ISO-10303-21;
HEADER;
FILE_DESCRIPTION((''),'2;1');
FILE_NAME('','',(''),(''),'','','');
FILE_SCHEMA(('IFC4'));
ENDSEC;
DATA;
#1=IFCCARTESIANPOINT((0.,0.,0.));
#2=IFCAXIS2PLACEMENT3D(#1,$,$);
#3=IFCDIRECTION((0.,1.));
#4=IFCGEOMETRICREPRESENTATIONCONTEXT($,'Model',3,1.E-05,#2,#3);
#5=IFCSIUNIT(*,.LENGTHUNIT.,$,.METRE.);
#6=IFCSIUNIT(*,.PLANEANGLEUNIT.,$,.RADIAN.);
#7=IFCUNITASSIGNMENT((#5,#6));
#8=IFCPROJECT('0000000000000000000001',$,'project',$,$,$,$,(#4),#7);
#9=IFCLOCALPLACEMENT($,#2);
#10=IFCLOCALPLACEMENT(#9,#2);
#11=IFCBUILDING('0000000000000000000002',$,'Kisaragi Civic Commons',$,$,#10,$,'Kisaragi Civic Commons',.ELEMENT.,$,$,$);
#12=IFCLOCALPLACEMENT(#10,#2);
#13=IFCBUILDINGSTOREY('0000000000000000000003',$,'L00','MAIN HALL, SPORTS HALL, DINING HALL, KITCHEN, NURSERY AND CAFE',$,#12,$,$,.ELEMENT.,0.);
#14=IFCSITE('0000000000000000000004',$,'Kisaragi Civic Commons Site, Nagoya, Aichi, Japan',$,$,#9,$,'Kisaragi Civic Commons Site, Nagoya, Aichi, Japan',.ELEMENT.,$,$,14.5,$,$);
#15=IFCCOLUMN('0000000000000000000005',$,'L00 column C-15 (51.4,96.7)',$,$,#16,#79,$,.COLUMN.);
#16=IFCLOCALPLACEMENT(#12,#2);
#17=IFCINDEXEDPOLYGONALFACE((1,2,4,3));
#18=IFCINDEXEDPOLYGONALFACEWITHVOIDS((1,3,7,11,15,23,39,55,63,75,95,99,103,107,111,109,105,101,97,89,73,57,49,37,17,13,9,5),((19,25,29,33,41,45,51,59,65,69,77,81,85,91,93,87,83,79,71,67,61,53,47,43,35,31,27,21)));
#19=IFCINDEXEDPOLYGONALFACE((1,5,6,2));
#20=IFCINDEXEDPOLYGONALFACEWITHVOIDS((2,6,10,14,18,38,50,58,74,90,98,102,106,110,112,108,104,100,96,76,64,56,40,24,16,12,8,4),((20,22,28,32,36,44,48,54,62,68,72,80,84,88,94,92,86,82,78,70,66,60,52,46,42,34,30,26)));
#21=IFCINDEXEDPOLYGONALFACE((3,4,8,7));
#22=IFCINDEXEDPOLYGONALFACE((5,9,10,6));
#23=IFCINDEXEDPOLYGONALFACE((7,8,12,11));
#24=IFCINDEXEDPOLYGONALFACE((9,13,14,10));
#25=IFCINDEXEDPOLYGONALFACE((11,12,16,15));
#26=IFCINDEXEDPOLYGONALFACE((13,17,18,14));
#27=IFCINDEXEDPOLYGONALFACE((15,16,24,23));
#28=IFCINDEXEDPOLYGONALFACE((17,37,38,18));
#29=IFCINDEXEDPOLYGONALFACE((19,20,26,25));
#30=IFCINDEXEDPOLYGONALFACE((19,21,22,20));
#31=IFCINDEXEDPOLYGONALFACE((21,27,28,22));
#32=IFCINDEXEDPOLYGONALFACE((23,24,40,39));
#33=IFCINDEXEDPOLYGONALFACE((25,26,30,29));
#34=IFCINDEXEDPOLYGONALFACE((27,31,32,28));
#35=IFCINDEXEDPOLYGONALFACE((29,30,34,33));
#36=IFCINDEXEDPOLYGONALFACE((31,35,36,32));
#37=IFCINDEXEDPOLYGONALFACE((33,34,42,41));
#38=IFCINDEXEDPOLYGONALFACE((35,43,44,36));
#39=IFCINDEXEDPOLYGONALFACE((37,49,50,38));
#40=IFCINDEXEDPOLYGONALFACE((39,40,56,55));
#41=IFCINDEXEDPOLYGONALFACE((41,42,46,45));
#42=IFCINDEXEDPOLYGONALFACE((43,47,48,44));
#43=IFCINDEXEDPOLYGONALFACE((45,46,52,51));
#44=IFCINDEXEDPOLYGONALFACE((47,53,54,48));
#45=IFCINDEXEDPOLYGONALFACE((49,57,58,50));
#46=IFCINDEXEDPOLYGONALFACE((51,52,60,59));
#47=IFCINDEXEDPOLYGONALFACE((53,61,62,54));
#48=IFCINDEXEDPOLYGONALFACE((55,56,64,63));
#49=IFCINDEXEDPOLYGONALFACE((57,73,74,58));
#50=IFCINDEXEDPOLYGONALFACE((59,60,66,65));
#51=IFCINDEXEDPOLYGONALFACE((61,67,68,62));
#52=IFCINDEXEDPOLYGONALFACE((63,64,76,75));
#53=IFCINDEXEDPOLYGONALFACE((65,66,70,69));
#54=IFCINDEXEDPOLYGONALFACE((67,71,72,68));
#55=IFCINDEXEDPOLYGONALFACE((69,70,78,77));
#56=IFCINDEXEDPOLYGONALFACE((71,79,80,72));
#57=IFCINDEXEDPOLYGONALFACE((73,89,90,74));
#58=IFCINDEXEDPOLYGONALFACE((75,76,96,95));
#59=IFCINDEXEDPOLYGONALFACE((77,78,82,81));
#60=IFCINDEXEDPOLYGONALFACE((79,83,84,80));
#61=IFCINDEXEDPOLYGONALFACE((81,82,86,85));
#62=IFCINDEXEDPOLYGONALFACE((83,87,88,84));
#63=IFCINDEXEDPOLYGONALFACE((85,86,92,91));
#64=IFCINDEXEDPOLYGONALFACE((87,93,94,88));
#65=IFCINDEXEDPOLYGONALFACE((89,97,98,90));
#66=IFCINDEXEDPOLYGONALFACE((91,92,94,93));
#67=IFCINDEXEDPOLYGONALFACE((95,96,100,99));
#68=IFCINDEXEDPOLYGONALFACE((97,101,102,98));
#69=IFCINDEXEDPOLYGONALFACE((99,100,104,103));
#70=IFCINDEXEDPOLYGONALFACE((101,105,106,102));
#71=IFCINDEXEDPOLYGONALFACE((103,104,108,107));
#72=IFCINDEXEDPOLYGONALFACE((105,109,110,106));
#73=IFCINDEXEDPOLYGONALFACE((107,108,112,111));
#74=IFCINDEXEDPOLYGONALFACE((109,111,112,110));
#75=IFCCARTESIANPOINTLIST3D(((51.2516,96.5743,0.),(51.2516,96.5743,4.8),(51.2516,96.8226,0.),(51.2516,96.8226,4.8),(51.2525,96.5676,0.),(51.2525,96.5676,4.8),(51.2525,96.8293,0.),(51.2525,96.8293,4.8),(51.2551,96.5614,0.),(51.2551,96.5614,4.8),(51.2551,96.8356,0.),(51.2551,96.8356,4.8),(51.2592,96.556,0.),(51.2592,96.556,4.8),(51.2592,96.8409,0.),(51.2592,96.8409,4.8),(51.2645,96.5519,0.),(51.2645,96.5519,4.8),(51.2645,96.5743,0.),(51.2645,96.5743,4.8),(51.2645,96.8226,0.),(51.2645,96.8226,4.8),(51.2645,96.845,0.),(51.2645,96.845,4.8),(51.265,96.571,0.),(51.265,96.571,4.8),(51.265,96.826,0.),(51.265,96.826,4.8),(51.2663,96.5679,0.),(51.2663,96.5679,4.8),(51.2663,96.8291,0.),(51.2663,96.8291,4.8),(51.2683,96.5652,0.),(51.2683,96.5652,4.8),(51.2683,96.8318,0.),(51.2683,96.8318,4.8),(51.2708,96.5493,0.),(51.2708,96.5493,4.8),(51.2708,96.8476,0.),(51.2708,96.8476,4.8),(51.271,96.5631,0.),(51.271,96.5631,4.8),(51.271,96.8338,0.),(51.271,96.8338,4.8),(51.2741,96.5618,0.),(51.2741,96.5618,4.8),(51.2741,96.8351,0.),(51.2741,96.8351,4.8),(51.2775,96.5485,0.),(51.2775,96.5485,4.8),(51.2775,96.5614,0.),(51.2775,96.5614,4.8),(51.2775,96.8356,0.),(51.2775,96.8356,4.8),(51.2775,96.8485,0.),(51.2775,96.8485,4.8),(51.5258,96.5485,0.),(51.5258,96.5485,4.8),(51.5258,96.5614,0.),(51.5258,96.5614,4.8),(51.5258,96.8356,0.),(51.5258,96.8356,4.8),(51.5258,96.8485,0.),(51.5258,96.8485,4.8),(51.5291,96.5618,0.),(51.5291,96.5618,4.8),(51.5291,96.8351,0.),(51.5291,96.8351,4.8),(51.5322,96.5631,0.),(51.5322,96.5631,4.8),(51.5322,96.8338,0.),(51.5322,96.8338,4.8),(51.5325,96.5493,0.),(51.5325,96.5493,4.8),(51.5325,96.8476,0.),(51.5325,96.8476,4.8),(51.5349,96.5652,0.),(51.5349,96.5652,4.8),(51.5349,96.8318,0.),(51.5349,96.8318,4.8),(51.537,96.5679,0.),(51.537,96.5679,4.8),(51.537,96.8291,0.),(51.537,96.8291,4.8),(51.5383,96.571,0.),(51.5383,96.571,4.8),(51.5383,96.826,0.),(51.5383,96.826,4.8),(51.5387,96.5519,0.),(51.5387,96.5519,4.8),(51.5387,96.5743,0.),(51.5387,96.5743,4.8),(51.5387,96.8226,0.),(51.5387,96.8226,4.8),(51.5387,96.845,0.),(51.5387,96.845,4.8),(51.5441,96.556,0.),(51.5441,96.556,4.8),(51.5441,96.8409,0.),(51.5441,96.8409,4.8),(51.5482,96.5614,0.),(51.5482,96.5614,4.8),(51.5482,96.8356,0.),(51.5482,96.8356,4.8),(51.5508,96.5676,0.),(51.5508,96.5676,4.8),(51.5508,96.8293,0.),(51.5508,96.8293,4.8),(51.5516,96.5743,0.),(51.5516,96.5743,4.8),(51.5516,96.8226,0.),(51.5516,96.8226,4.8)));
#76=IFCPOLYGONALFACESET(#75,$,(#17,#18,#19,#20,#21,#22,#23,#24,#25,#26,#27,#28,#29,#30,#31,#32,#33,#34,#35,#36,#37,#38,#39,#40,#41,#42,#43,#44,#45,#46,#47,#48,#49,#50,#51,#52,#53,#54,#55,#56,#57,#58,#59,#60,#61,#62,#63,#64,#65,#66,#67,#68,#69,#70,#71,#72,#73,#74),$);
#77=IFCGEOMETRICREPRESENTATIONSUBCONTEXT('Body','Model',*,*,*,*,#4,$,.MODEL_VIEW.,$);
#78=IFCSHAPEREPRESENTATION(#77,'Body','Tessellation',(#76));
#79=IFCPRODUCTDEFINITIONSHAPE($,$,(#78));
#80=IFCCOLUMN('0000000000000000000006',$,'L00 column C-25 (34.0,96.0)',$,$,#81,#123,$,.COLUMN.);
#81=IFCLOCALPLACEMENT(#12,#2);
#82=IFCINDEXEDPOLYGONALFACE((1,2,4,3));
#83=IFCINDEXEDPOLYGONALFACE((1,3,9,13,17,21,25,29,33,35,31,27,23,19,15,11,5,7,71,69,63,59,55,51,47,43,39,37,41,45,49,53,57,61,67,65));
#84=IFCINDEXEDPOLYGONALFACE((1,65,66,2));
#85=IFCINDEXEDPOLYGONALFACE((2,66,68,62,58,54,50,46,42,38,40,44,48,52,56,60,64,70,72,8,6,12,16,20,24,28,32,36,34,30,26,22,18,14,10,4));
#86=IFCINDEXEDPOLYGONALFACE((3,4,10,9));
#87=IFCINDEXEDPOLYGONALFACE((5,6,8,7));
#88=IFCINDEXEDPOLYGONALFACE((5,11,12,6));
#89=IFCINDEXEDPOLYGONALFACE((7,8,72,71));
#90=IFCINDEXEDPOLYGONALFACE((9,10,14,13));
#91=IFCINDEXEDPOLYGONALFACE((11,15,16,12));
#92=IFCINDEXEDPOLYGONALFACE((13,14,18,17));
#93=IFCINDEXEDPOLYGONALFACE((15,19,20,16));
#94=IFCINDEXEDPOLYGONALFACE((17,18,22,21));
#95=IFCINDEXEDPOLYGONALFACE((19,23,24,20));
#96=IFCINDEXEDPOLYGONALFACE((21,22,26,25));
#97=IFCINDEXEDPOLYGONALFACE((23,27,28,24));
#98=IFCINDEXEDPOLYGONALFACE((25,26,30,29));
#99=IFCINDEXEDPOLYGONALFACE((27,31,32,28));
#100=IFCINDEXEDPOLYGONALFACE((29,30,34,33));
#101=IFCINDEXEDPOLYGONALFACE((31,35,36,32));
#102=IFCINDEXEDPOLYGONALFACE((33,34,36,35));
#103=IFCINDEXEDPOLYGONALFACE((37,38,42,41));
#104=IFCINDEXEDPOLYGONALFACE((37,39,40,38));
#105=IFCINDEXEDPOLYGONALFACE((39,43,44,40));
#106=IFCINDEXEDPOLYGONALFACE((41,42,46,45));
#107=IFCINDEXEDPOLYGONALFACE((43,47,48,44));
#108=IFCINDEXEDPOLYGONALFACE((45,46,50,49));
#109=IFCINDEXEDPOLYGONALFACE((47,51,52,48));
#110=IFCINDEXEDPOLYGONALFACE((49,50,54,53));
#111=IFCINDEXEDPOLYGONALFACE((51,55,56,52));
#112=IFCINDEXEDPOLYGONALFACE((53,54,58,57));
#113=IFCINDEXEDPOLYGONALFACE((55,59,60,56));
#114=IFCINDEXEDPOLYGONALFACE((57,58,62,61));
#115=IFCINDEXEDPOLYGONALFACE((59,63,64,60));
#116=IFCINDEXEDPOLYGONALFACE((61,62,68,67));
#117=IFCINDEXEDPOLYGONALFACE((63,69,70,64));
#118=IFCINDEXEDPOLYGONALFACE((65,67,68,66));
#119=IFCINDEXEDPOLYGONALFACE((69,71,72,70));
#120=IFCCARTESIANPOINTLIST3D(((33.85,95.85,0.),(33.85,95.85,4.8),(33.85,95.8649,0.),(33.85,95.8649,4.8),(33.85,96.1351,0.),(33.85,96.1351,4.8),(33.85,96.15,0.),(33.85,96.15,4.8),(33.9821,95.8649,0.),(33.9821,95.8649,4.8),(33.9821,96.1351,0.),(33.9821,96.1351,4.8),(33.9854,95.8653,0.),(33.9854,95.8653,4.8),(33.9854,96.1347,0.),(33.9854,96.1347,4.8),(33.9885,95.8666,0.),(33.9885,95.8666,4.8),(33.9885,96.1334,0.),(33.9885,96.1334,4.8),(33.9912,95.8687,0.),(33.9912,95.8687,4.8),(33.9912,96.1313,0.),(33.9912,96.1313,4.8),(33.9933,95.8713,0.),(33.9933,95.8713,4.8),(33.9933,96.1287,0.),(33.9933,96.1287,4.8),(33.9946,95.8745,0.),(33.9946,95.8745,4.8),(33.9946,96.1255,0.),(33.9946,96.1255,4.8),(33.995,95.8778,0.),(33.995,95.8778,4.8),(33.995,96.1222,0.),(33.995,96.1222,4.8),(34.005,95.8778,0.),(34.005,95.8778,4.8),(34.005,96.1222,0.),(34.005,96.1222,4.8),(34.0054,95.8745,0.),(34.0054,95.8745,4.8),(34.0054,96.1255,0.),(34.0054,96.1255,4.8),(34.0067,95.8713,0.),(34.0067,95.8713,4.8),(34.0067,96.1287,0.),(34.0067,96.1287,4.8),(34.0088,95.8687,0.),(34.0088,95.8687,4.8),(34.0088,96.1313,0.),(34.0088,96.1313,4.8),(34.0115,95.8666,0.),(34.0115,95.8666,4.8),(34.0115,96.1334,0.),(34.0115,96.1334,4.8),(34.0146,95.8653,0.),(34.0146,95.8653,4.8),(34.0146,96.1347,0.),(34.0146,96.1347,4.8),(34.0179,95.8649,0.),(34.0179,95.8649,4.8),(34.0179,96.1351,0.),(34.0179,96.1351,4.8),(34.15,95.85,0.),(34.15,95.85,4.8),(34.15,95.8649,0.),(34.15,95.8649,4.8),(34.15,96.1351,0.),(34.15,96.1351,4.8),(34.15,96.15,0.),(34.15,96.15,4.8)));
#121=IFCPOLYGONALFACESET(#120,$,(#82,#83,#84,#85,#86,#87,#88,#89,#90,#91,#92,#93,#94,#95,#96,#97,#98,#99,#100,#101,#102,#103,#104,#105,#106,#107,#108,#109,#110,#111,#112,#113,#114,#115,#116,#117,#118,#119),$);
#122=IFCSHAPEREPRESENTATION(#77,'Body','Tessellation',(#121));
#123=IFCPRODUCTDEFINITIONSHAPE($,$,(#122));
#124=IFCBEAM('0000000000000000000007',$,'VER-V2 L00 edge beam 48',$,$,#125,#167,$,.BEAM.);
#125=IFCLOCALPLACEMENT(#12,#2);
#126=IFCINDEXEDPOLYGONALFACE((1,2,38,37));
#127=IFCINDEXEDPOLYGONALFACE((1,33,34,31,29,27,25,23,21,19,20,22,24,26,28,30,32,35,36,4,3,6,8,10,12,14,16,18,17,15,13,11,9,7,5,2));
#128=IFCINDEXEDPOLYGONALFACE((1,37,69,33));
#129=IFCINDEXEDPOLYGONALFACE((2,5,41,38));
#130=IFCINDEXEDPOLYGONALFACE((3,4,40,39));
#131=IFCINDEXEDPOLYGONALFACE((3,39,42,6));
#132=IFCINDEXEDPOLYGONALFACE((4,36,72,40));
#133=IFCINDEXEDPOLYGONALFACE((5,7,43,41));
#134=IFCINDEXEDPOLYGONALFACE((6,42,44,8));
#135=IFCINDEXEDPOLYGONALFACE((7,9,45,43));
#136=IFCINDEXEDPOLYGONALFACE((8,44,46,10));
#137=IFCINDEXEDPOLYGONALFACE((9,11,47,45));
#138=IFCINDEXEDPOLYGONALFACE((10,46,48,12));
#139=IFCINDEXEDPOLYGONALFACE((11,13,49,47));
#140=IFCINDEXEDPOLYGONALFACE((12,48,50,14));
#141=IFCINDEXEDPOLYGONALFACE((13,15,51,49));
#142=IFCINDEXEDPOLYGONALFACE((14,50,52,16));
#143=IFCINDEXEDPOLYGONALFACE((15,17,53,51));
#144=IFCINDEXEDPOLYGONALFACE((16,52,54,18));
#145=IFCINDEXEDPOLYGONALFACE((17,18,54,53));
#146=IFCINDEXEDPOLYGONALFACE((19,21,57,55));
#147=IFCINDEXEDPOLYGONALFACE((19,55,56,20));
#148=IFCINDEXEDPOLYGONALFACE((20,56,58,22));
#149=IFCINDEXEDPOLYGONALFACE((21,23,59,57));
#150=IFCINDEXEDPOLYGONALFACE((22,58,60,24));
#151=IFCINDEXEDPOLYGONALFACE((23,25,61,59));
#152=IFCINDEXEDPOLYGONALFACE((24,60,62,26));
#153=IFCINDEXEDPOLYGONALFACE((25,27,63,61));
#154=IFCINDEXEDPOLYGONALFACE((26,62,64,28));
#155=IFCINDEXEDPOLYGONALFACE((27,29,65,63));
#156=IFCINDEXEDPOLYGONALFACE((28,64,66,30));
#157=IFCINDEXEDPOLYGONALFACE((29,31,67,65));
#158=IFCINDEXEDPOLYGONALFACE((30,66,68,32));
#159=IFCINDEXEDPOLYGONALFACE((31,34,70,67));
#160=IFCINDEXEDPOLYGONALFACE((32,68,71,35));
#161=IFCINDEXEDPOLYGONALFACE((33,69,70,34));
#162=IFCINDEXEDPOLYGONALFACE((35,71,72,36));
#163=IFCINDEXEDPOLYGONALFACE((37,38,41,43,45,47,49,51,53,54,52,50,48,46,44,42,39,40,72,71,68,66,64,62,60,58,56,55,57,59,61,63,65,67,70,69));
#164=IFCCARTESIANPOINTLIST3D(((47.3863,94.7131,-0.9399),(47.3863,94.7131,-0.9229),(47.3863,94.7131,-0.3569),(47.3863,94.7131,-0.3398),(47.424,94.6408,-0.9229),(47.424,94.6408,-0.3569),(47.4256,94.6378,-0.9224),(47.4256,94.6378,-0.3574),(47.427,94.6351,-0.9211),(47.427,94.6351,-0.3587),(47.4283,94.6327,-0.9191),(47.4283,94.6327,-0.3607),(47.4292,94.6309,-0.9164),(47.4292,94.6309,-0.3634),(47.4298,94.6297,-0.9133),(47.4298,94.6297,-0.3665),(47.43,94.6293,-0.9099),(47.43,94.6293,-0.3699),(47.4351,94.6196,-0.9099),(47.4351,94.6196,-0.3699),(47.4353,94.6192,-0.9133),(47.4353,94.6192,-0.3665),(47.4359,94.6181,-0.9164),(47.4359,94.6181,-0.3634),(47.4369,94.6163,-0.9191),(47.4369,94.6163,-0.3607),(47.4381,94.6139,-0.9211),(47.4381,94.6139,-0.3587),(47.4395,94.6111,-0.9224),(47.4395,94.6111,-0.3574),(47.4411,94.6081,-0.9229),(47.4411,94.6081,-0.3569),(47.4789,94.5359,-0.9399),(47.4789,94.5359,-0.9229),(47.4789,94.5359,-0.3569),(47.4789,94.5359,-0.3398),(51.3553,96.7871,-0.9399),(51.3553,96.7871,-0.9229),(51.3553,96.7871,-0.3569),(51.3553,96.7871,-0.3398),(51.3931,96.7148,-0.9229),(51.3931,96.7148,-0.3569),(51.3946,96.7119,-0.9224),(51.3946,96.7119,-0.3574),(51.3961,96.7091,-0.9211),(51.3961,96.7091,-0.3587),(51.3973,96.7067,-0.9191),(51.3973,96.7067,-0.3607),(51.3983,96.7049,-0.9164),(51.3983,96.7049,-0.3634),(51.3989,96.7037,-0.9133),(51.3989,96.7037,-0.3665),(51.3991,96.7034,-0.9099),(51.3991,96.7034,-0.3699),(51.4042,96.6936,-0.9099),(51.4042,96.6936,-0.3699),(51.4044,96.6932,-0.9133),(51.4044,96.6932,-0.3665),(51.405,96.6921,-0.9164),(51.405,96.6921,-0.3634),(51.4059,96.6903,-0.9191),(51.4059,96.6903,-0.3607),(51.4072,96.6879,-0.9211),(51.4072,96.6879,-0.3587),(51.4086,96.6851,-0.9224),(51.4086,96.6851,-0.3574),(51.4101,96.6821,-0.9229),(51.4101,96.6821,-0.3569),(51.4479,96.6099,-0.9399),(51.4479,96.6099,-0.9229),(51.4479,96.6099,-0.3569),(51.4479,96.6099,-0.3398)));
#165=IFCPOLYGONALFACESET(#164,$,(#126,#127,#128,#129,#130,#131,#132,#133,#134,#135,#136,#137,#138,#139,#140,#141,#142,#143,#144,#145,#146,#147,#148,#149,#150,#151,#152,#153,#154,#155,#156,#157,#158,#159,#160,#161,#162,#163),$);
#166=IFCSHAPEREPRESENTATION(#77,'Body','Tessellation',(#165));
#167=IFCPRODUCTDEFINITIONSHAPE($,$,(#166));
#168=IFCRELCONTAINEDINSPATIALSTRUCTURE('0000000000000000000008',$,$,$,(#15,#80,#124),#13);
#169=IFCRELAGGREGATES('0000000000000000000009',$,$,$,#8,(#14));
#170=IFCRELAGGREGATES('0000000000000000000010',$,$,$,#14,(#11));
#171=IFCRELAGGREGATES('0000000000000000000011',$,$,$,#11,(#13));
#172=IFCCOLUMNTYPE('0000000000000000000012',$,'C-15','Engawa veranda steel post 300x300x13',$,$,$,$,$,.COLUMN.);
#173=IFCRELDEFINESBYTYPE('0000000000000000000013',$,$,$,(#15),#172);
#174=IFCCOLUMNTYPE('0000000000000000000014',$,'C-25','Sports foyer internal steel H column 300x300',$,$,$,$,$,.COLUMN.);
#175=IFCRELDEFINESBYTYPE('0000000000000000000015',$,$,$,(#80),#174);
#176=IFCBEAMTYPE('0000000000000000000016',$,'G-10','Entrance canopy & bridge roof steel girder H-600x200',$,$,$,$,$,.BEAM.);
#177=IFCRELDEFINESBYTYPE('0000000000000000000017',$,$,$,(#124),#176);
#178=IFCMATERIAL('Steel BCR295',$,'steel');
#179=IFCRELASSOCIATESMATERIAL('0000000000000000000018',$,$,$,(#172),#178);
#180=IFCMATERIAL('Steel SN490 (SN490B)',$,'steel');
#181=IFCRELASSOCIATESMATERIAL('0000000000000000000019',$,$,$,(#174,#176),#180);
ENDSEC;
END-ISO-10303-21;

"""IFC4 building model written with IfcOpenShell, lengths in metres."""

from ifc_helpers import new_model, si_unit, direction, frame, origin, origin_2d, place, context, subcontext, project, spatial, hollow_rectangle, i_section, extrude, material, material_profile, profile_set, type_object, element, save


model = new_model("IFC4")

# Units and contexts
model_context = context("Model", 3, precision=1e-05, world=origin(), true_north=direction((0.0, 1.0)))
body_context = subcontext(model_context, "Body", "Model", "MODEL_VIEW")
ifc_project = project(units=[si_unit("LENGTHUNIT", "METRE"), si_unit("PLANEANGLEUNIT", "RADIAN")], contexts=[model_context])

# Site, building, storey
site_placement = place(None, origin())
site = spatial("IfcSite", under=ifc_project, at=site_placement, Name="Kisaragi Civic Commons Site, Nagoya, Aichi, Japan", LongName="Kisaragi Civic Commons Site, Nagoya, Aichi, Japan", CompositionType="ELEMENT", RefElevation=14.5)
building_placement = place(site_placement, origin())
building = spatial("IfcBuilding", under=site, at=building_placement, Name="Kisaragi Civic Commons", LongName="Kisaragi Civic Commons", CompositionType="ELEMENT")
storey_placement = place(building_placement, origin())
storey = spatial("IfcBuildingStorey", under=building, at=storey_placement, Name="L00", Description="MAIN HALL, SPORTS HALL, DINING HALL, KITCHEN, NURSERY AND CAFE", CompositionType="ELEMENT", Elevation=0.0)

# Columns
ifc_material_1 = material(Name="Steel BCR295", Category="steel")
ifc_material_profile_1 = material_profile(ifc_material_1, hollow_rectangle(XDim=0.3, YDim=0.3, WallThickness=0.0129, InnerFilletRadius=0.0129, OuterFilletRadius=0.0259, at=origin_2d()), Name="BCR-300x300x13", Category="steel")
ifc_profile_set_1 = profile_set([ifc_material_profile_1], Name="Steel BCR295")
column_type_1 = type_object("IfcColumnType", Name="C-15", Description="Engawa veranda steel post 300x300x13", PredefinedType="COLUMN", material=ifc_profile_set_1)
for number, where, z_axis, x_axis, name in (
    (1, (51.4016, 96.6985, 0.0), (0.0, 0.0, 1.0), (1.0, 0.0, 0.0), "L00 column C-15 (51.4,96.7)"),
):
    element("IfcColumn", number, at=place(storey_placement, frame(where, z_axis=z_axis, x_axis=x_axis)), inside=storey, type_object=column_type_1, Name=name, PredefinedType="COLUMN", context=body_context, shape_type="SweptSolid", body=[
        extrude(hollow_rectangle(XDim=0.3, YDim=0.3, WallThickness=0.0129, InnerFilletRadius=0.0129, OuterFilletRadius=0.0259, at=origin_2d()), origin(), (0.0, 0.0, 1.0), 4.8),
    ])
ifc_material_2 = material(Name="Steel SN490 (SN490B)", Category="steel")
ifc_material_profile_2 = material_profile(ifc_material_2, i_section(OverallWidth=0.3, OverallDepth=0.3, WebThickness=0.01, FlangeThickness=0.0149, FilletRadius=0.0129, at=origin_2d()), Name="H-300x300x10x15", Category="steel")
ifc_profile_set_2 = profile_set([ifc_material_profile_2], Name="Steel SN490 (SN490B)")
column_type_2 = type_object("IfcColumnType", Name="C-25", Description="Sports foyer internal steel H column 300x300", PredefinedType="COLUMN", material=ifc_profile_set_2)
column_placement = place(storey_placement, frame((34.0, 96.0, 0.0), z_axis=(0.0, 0.0, 1.0), x_axis=(1.0, 0.0, 0.0)))
element("IfcColumn", 2, at=column_placement, inside=storey, type_object=column_type_2, Name="L00 column C-25 (34.0,96.0)", PredefinedType="COLUMN", context=body_context, shape_type="SweptSolid", body=[
    extrude(i_section(OverallWidth=0.3, OverallDepth=0.3, WebThickness=0.01, FlangeThickness=0.0149, FilletRadius=0.0129, at=origin_2d()), origin(), (0.0, 0.0, 1.0), 4.8),
])

# Beam
ifc_material_profile_3 = material_profile(ifc_material_2, i_section(OverallWidth=0.2, OverallDepth=0.6001, WebThickness=0.011, FlangeThickness=0.0171, FilletRadius=0.0129, at=origin_2d()), Name="H-600x200x11x17", Category="steel")
ifc_profile_set_3 = profile_set([ifc_material_profile_3], Name="Steel SN490 (SN490B)")
beam_type_1 = type_object("IfcBeamType", Name="G-10", Description="Entrance canopy & bridge roof steel girder H-600x200", PredefinedType="BEAM", material=ifc_profile_set_3)
beam_1_placement = place(storey_placement, frame((51.4016, 96.6985, -0.6399), z_axis=(-0.886292, -0.463127, 0.0), x_axis=(0.463127, -0.886292, 0.0)))
element("IfcBeam", 3, at=beam_1_placement, inside=storey, type_object=beam_type_1, Name="VER-V2 L00 edge beam 48", PredefinedType="BEAM", context=body_context, shape_type="SweptSolid", body=[
    extrude(i_section(OverallWidth=0.2, OverallDepth=0.6001, WebThickness=0.011, FlangeThickness=0.0171, FilletRadius=0.0129, at=origin_2d()), origin(), (0.0, 0.0, 1.0), 4.4783),
])

save(model, "model.ifc")
